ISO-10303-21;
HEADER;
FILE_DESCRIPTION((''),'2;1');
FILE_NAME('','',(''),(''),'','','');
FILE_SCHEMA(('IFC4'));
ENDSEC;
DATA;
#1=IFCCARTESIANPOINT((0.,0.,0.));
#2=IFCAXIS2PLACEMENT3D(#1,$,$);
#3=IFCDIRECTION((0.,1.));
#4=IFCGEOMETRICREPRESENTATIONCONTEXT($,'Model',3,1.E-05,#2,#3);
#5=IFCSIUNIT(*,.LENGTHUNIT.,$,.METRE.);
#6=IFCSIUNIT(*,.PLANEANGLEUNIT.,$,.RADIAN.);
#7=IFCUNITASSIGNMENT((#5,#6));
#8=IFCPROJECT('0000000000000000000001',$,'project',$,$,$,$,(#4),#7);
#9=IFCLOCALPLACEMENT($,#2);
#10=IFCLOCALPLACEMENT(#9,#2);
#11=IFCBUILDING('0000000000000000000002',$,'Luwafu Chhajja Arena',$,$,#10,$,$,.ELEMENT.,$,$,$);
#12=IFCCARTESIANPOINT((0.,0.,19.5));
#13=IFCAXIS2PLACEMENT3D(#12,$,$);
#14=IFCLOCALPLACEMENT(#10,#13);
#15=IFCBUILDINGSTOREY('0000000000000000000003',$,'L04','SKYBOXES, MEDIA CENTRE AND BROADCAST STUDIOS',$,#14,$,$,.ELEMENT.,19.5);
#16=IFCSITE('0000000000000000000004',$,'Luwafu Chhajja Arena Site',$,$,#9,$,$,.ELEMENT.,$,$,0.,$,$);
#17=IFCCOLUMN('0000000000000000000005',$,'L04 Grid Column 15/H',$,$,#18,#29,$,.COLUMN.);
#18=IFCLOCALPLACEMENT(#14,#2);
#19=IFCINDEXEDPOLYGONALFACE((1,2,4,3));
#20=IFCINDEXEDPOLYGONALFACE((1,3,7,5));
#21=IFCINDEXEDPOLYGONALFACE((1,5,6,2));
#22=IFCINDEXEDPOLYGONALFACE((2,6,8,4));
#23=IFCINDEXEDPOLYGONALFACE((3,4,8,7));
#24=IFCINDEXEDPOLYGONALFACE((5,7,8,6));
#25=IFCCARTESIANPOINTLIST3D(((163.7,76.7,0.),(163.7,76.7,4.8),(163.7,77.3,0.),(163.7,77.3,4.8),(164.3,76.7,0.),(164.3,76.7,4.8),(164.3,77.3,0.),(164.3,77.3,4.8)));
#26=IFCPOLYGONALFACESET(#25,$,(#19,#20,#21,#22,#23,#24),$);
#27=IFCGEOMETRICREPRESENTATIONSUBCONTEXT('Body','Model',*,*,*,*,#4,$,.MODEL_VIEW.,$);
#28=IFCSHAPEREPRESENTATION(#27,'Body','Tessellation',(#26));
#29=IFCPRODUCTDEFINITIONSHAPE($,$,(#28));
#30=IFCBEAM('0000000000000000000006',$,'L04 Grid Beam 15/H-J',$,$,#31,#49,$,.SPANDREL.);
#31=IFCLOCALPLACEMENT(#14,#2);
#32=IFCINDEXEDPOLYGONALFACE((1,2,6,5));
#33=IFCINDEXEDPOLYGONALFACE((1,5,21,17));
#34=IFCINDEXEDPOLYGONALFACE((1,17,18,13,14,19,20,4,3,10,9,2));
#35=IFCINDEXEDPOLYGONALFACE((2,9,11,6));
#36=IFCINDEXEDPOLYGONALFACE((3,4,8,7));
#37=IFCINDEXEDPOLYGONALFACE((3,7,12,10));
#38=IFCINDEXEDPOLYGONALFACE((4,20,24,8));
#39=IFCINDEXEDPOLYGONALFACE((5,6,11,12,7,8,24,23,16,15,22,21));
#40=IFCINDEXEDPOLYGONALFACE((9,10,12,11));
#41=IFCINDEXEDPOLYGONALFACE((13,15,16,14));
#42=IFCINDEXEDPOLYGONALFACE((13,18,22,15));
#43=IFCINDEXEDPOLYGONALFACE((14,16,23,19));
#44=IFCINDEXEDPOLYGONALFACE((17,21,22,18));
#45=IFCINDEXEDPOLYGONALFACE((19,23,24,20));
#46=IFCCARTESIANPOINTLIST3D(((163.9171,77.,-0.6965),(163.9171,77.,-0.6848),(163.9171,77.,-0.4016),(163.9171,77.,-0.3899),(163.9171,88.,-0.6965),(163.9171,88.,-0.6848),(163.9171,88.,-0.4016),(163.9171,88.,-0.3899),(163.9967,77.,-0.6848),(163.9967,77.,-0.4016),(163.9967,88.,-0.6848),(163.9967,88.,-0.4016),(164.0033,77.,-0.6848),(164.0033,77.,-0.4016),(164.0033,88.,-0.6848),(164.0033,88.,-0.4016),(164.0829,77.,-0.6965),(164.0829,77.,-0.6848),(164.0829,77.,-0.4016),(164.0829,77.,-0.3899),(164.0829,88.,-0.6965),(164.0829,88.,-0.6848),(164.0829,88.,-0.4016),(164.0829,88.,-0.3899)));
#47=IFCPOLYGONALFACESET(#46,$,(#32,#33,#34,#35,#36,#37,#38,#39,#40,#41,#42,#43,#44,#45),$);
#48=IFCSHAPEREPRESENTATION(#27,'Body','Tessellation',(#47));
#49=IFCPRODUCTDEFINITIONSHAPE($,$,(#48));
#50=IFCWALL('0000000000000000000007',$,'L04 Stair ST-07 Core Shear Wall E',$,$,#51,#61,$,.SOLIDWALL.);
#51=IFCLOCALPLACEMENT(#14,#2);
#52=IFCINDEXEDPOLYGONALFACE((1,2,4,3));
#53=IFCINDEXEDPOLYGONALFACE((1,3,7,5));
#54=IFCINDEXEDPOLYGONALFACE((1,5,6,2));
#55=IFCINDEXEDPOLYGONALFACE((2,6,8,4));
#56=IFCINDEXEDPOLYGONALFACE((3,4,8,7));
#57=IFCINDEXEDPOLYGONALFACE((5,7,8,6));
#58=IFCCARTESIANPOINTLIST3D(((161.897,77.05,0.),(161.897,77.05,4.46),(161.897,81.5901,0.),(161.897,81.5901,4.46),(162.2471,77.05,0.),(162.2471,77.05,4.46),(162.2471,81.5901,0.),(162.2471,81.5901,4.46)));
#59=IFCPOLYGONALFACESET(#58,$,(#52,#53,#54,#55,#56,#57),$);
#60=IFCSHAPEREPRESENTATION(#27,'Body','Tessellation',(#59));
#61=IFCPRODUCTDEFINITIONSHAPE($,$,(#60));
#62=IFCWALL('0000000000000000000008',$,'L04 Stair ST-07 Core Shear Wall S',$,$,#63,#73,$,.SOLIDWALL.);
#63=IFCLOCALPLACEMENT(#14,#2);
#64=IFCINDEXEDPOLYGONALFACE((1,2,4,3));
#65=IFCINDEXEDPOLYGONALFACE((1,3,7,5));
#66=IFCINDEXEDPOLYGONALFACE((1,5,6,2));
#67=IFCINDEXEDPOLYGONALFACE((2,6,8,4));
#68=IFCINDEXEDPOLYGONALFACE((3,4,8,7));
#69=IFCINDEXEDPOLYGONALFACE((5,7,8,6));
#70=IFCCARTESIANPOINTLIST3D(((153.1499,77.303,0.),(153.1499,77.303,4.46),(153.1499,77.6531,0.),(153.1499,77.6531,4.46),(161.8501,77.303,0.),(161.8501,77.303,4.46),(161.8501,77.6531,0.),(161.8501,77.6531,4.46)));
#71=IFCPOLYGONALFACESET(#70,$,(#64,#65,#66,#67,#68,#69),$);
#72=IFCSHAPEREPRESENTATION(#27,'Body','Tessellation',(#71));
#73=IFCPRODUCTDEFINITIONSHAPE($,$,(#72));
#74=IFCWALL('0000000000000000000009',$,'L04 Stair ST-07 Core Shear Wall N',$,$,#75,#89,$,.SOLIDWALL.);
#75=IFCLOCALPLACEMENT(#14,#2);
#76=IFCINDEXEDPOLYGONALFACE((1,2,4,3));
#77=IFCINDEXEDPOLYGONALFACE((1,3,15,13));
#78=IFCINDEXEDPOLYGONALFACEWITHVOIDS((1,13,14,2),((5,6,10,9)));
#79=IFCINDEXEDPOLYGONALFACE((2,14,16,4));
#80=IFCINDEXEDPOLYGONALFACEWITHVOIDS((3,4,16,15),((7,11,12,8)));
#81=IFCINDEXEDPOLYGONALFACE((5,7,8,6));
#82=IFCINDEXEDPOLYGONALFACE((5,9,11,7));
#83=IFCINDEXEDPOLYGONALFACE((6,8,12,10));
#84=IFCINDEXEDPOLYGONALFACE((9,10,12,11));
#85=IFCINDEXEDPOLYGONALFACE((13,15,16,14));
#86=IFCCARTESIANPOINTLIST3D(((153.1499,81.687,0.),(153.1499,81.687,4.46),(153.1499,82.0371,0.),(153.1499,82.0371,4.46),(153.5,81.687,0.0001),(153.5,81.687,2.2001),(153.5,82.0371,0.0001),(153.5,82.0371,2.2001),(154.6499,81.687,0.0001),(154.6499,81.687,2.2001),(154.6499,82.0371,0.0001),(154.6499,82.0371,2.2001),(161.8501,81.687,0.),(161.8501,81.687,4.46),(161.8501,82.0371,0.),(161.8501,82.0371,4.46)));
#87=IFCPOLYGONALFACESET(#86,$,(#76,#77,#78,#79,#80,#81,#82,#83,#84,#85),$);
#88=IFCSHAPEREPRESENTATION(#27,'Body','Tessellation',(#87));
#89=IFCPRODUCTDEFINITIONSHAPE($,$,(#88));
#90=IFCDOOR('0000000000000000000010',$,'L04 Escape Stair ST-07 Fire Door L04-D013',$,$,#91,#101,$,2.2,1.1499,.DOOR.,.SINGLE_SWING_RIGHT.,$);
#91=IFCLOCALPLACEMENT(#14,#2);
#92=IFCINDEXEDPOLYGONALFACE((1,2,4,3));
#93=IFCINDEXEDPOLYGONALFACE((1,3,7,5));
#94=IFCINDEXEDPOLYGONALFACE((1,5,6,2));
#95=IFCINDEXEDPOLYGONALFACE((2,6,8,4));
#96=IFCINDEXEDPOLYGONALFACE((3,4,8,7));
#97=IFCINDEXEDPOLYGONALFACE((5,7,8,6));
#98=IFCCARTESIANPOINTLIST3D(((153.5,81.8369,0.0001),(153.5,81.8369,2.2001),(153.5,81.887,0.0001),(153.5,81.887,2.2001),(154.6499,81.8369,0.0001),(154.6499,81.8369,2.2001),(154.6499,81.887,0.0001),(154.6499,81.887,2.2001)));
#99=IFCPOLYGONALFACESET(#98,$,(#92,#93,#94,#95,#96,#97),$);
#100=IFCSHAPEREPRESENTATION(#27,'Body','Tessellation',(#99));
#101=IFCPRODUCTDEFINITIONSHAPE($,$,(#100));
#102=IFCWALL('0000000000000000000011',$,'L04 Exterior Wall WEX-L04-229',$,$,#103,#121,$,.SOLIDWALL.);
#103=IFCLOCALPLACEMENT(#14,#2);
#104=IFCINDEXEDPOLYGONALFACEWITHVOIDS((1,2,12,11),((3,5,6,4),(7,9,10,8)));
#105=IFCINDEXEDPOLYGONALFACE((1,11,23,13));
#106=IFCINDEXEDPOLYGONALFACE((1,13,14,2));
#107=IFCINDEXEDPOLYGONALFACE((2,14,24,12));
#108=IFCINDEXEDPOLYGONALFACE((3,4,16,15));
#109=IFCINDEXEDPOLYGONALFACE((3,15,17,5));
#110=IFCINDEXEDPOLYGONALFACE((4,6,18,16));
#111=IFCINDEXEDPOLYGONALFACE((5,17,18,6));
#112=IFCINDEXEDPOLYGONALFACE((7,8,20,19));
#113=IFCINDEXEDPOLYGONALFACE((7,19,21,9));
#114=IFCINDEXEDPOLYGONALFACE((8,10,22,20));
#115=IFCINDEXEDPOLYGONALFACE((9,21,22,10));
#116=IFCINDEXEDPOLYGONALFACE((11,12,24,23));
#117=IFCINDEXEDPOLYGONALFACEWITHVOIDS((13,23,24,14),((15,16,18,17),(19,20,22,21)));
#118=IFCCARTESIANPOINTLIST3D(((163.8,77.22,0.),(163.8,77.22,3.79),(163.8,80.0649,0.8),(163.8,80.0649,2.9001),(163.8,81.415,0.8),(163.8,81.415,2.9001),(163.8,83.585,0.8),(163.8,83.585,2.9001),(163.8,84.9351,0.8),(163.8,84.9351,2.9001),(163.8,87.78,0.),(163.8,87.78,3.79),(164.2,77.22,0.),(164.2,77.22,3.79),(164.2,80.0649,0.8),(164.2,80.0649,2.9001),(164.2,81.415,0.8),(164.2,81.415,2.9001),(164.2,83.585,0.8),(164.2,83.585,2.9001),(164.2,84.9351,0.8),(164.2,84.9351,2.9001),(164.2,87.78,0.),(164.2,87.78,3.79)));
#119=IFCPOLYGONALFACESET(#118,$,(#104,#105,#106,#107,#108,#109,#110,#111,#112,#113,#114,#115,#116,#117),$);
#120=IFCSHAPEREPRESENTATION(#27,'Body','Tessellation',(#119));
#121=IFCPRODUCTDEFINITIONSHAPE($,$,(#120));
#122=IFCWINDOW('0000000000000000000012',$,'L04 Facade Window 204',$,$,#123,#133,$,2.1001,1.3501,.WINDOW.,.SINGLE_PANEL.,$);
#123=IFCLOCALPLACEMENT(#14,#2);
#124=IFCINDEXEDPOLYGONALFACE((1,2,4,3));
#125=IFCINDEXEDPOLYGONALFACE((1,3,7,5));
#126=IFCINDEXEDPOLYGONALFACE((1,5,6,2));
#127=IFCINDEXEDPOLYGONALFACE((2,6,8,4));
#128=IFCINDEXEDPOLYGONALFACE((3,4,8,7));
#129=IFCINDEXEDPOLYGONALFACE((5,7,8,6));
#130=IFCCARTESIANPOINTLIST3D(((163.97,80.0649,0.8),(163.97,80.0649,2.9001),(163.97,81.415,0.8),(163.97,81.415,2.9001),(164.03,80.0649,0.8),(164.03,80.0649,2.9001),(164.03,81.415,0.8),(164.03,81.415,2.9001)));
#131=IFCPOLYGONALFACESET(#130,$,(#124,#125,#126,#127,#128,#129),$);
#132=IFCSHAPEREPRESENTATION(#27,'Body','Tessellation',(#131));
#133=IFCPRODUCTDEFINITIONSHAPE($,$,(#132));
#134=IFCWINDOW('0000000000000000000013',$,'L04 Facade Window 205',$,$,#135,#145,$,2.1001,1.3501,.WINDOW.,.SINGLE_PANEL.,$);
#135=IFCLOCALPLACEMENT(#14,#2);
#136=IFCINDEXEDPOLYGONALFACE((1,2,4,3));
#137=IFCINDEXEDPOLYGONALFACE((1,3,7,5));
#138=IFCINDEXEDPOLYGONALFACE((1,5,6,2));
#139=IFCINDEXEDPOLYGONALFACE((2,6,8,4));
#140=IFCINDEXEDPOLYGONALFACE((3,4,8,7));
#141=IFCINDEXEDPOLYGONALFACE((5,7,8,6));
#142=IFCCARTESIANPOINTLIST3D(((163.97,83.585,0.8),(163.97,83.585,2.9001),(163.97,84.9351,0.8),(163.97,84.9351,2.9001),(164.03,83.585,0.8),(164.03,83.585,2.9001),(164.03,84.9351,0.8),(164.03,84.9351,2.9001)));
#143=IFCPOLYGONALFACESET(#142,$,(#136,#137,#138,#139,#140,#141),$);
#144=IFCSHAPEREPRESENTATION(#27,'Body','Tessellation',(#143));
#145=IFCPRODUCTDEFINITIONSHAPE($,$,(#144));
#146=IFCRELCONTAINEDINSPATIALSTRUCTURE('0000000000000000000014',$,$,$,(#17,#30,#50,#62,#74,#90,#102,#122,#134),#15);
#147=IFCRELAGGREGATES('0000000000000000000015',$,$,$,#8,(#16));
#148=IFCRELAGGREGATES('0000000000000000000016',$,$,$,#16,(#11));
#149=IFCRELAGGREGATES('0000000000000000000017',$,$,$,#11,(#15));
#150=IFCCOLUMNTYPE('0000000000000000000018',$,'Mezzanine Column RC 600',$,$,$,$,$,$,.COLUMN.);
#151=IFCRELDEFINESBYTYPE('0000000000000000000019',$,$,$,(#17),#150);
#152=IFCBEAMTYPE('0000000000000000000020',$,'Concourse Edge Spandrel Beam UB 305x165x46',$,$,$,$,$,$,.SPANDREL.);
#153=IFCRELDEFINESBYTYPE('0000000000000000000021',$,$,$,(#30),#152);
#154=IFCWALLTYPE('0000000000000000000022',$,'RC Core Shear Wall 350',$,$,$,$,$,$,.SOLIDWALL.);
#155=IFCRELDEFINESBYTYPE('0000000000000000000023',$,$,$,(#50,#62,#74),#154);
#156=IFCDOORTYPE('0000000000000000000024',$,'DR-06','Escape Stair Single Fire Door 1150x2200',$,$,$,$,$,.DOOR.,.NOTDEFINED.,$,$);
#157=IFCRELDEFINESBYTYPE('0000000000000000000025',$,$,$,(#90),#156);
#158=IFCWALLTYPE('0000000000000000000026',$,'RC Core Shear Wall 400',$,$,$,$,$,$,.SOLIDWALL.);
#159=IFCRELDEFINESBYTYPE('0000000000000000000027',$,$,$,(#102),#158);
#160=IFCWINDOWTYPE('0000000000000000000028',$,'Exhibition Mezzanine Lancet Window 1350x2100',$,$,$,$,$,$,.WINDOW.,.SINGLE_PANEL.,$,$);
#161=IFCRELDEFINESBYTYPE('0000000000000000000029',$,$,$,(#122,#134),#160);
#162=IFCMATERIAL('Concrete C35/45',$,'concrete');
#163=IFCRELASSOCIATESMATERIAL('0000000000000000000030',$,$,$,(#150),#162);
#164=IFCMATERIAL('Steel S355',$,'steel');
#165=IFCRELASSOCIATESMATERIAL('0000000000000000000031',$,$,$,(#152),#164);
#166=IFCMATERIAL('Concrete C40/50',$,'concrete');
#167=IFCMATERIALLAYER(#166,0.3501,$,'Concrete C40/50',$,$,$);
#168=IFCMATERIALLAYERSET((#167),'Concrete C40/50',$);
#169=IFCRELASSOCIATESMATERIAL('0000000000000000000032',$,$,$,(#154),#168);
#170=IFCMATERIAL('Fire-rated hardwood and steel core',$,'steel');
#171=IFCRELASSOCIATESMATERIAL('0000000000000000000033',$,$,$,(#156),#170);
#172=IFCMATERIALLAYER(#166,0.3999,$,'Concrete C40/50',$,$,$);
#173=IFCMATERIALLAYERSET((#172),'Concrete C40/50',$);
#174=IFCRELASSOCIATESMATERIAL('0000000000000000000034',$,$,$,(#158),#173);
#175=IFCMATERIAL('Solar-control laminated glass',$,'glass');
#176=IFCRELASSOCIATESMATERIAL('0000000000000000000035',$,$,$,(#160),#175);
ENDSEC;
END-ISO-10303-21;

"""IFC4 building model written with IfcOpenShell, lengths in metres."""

from ifc_helpers import new_model, si_unit, direction, frame, frame_2d, origin, origin_2d, place, context, subcontext, project, spatial, rectangle, i_section, extrude, material, layer, layer_set, material_profile, profile_set, type_object, element, fill, save


model = new_model("IFC4")

# Units and contexts
model_context = context("Model", 3, precision=1e-05, world=origin(), true_north=direction((0.0, 1.0)))
body_context = subcontext(model_context, "Body", "Model", "MODEL_VIEW")
ifc_project = project(units=[si_unit("LENGTHUNIT", "METRE"), si_unit("PLANEANGLEUNIT", "RADIAN")], contexts=[model_context])

# Site, building, storey
site_placement = place(None, origin())
site = spatial("IfcSite", under=ifc_project, at=site_placement, Name="Luwafu Chhajja Arena Site", CompositionType="ELEMENT", RefElevation=0.0)
building_placement = place(site_placement, origin())
building = spatial("IfcBuilding", under=site, at=building_placement, Name="Luwafu Chhajja Arena", CompositionType="ELEMENT")
storey_placement = place(building_placement, frame((0.0, 0.0, 19.5)))
storey = spatial("IfcBuildingStorey", under=building, at=storey_placement, Name="L04", Description="SKYBOXES, MEDIA CENTRE AND BROADCAST STUDIOS", CompositionType="ELEMENT", Elevation=19.5)

# Column
ifc_material_1 = material(Name="Concrete C35/45", Category="concrete")
ifc_material_profile_1 = material_profile(ifc_material_1, rectangle(XDim=0.6001, YDim=0.6001, at=origin_2d()), Name="RC 600x600")
ifc_profile_set_1 = profile_set([ifc_material_profile_1], Name="Concrete C35/45")
column_type = type_object("IfcColumnType", Name="Mezzanine Column RC 600", PredefinedType="COLUMN", material=ifc_profile_set_1)
column_placement = place(storey_placement, frame((164.0, 77.0, 0.0), z_axis=(0.0, 0.0, 1.0), x_axis=(1.0, 0.0, 0.0)))
element("IfcColumn", 1, at=column_placement, inside=storey, type_object=column_type, Name="L04 Grid Column 15/H", PredefinedType="COLUMN", context=body_context, shape_type="SweptSolid", body=[
    extrude(rectangle(XDim=0.6001, YDim=0.6001, at=origin_2d()), origin(), (0.0, 0.0, 1.0), 4.8),
])

# Beam
ifc_material_2 = material(Name="Steel S355", Category="steel")
ifc_material_profile_2 = material_profile(ifc_material_2, i_section(OverallWidth=0.1658, OverallDepth=0.3066, WebThickness=0.0066, FlangeThickness=0.0117, at=origin_2d()), Name="UB 305x165x46")
ifc_profile_set_2 = profile_set([ifc_material_profile_2], Name="Steel S355")
beam_type = type_object("IfcBeamType", Name="Concourse Edge Spandrel Beam UB 305x165x46", PredefinedType="SPANDREL", material=ifc_profile_set_2)
beam_placement = place(storey_placement, frame((164.0, 77.0, -0.5432), z_axis=(0.0, 1.0, 0.0), x_axis=(-1.0, 0.0, 0.0)))
element("IfcBeam", 2, at=beam_placement, inside=storey, type_object=beam_type, Name="L04 Grid Beam 15/H-J", PredefinedType="SPANDREL", context=body_context, shape_type="SweptSolid", body=[
    extrude(i_section(OverallWidth=0.1658, OverallDepth=0.3066, WebThickness=0.0066, FlangeThickness=0.0117, at=origin_2d()), origin(), (0.0, 0.0, 1.0), 11.0),
])

# Walls
ifc_material_3 = material(Name="Concrete C40/50", Category="concrete")
ifc_layer_1 = layer(ifc_material_3, 0.3501, Name="Concrete C40/50")
ifc_layer_set_1 = layer_set([ifc_layer_1], Name="Concrete C40/50")
wall_type_1 = type_object("IfcWallType", Name="RC Core Shear Wall 350", PredefinedType="SOLIDWALL", material=ifc_layer_set_1)
wall_1_placement = place(storey_placement, frame((162.072, 77.05, 0.0), z_axis=(0.0, 0.0, 1.0), x_axis=(0.0, 1.0, 0.0)))
element("IfcWall", 3, at=wall_1_placement, inside=storey, type_object=wall_type_1, Name="L04 Stair ST-07 Core Shear Wall E", PredefinedType="SOLIDWALL", context=body_context, shape_type="SweptSolid", body=[
    extrude(rectangle(XDim=4.54, YDim=0.3501, at=frame_2d((2.27, 0.0))), origin(), (0.0, 0.0, 1.0), 4.46),
])
wall_2_placement = place(storey_placement, frame((153.1499, 77.478, 0.0), z_axis=(0.0, 0.0, 1.0), x_axis=(1.0, 0.0, 0.0)))
element("IfcWall", 4, at=wall_2_placement, inside=storey, type_object=wall_type_1, Name="L04 Stair ST-07 Core Shear Wall S", PredefinedType="SOLIDWALL", context=body_context, shape_type="SweptSolid", body=[
    extrude(rectangle(XDim=8.7002, YDim=0.3501, at=frame_2d((4.3501, 0.0))), origin(), (0.0, 0.0, 1.0), 4.46),
])

# Wall, opening, door
wall_3_placement = place(storey_placement, frame((153.1499, 81.8621, 0.0), z_axis=(0.0, 0.0, 1.0), x_axis=(1.0, 0.0, 0.0)))
wall_3 = element("IfcWall", 5, at=wall_3_placement, inside=storey, type_object=wall_type_1, Name="L04 Stair ST-07 Core Shear Wall N", PredefinedType="SOLIDWALL", context=body_context, shape_type="SweptSolid", body=[
    extrude(rectangle(XDim=8.7002, YDim=0.3501, at=frame_2d((4.3501, 0.0))), origin(), (0.0, 0.0, 1.0), 4.46),
])
opening_1_placement = place(wall_3_placement, frame((0.3501, 0.0, 0.0)))
opening_1 = element("IfcOpeningElement", 6, at=opening_1_placement, cuts=wall_3, PredefinedType="OPENING", context=body_context, shape_type="SweptSolid", body=[
    extrude(rectangle(XDim=1.1499, YDim=2.2, at=frame_2d((0.575, 1.1001))), frame((0.0, 0.1851, 0.0), z_axis=(0.0, -1.0, 0.0), x_axis=(1.0, 0.0, 0.0)), (0.0, 0.0, 1.0), 0.3701),
])
ifc_material_4 = material(Name="Fire-rated hardwood and steel core", Category="steel")
door_type = type_object("IfcDoorType", Name="DR-06", Description="Escape Stair Single Fire Door 1150x2200", OperationType="NOTDEFINED", PredefinedType="DOOR", material=ifc_material_4)
door_placement = place(opening_1_placement, origin())
door = element("IfcDoor", 7, at=door_placement, inside=storey, type_object=door_type, Name="L04 Escape Stair ST-07 Fire Door L04-D013", OperationType="SINGLE_SWING_RIGHT", OverallHeight=2.2, OverallWidth=1.1499, PredefinedType="DOOR", context=body_context, shape_type="SweptSolid", body=[
    extrude(rectangle(XDim=1.1499, YDim=2.2, at=frame_2d((0.575, 1.1001))), frame((0.0, 0.0249, 0.0), z_axis=(0.0, -1.0, 0.0), x_axis=(1.0, 0.0, 0.0)), (0.0, 0.0, 1.0), 0.05),
])
fill(opening_1, door)

# Wall, openings, windows
ifc_layer_2 = layer(ifc_material_3, 0.3999, Name="Concrete C40/50")
ifc_layer_set_2 = layer_set([ifc_layer_2], Name="Concrete C40/50")
wall_type_2 = type_object("IfcWallType", Name="RC Core Shear Wall 400", PredefinedType="SOLIDWALL", material=ifc_layer_set_2)
wall_4_placement = place(storey_placement, frame((164.0, 77.22, 0.0), z_axis=(0.0, 0.0, 1.0), x_axis=(0.0, 1.0, 0.0)))
wall_4 = element("IfcWall", 8, at=wall_4_placement, inside=storey, type_object=wall_type_2, Name="L04 Exterior Wall WEX-L04-229", PredefinedType="SOLIDWALL", context=body_context, shape_type="SweptSolid", body=[
    extrude(rectangle(XDim=10.5601, YDim=0.3999, at=frame_2d((5.28, 0.0))), origin(), (0.0, 0.0, 1.0), 3.79),
])
opening_2_placement = place(wall_4_placement, frame((2.845, 0.0, 0.8)))
opening_2 = element("IfcOpeningElement", 9, at=opening_2_placement, cuts=wall_4, PredefinedType="OPENING", context=body_context, shape_type="SweptSolid", body=[
    extrude(rectangle(XDim=1.3501, YDim=2.1001, at=frame_2d((0.675, 1.05))), frame((0.0, 0.21, 0.0), z_axis=(0.0, -1.0, 0.0), x_axis=(1.0, 0.0, 0.0)), (0.0, 0.0, 1.0), 0.4199),
])
opening_3_placement = place(wall_4_placement, frame((6.365, 0.0, 0.8)))
opening_3 = element("IfcOpeningElement", 10, at=opening_3_placement, cuts=wall_4, PredefinedType="OPENING", context=body_context, shape_type="SweptSolid", body=[
    extrude(rectangle(XDim=1.3501, YDim=2.1001, at=frame_2d((0.675, 1.05))), frame((0.0, 0.21, 0.0), z_axis=(0.0, -1.0, 0.0), x_axis=(1.0, 0.0, 0.0)), (0.0, 0.0, 1.0), 0.4199),
])
ifc_material_5 = material(Name="Solar-control laminated glass", Category="glass")
window_type = type_object("IfcWindowType", Name="Exhibition Mezzanine Lancet Window 1350x2100", PartitioningType="SINGLE_PANEL", PredefinedType="WINDOW", material=ifc_material_5)
window_1_placement = place(opening_2_placement, origin())
window_1 = element("IfcWindow", 11, at=window_1_placement, inside=storey, type_object=window_type, Name="L04 Facade Window 204", OverallHeight=2.1001, OverallWidth=1.3501, PartitioningType="SINGLE_PANEL", PredefinedType="WINDOW", context=body_context, shape_type="SweptSolid", body=[
    extrude(rectangle(XDim=1.3501, YDim=2.1001, at=frame_2d((0.675, 1.05))), frame((0.0, 0.03, 0.0), z_axis=(0.0, -1.0, 0.0), x_axis=(1.0, 0.0, 0.0)), (0.0, 0.0, 1.0), 0.0601),
])
fill(opening_2, window_1)
window_2_placement = place(opening_3_placement, origin())
window_2 = element("IfcWindow", 12, at=window_2_placement, inside=storey, type_object=window_type, Name="L04 Facade Window 205", OverallHeight=2.1001, OverallWidth=1.3501, PartitioningType="SINGLE_PANEL", PredefinedType="WINDOW", context=body_context, shape_type="SweptSolid", body=[
    extrude(rectangle(XDim=1.3501, YDim=2.1001, at=frame_2d((0.675, 1.05))), frame((0.0, 0.03, 0.0), z_axis=(0.0, -1.0, 0.0), x_axis=(1.0, 0.0, 0.0)), (0.0, 0.0, 1.0), 0.0601),
])
fill(opening_3, window_2)

save(model, "model.ifc")
